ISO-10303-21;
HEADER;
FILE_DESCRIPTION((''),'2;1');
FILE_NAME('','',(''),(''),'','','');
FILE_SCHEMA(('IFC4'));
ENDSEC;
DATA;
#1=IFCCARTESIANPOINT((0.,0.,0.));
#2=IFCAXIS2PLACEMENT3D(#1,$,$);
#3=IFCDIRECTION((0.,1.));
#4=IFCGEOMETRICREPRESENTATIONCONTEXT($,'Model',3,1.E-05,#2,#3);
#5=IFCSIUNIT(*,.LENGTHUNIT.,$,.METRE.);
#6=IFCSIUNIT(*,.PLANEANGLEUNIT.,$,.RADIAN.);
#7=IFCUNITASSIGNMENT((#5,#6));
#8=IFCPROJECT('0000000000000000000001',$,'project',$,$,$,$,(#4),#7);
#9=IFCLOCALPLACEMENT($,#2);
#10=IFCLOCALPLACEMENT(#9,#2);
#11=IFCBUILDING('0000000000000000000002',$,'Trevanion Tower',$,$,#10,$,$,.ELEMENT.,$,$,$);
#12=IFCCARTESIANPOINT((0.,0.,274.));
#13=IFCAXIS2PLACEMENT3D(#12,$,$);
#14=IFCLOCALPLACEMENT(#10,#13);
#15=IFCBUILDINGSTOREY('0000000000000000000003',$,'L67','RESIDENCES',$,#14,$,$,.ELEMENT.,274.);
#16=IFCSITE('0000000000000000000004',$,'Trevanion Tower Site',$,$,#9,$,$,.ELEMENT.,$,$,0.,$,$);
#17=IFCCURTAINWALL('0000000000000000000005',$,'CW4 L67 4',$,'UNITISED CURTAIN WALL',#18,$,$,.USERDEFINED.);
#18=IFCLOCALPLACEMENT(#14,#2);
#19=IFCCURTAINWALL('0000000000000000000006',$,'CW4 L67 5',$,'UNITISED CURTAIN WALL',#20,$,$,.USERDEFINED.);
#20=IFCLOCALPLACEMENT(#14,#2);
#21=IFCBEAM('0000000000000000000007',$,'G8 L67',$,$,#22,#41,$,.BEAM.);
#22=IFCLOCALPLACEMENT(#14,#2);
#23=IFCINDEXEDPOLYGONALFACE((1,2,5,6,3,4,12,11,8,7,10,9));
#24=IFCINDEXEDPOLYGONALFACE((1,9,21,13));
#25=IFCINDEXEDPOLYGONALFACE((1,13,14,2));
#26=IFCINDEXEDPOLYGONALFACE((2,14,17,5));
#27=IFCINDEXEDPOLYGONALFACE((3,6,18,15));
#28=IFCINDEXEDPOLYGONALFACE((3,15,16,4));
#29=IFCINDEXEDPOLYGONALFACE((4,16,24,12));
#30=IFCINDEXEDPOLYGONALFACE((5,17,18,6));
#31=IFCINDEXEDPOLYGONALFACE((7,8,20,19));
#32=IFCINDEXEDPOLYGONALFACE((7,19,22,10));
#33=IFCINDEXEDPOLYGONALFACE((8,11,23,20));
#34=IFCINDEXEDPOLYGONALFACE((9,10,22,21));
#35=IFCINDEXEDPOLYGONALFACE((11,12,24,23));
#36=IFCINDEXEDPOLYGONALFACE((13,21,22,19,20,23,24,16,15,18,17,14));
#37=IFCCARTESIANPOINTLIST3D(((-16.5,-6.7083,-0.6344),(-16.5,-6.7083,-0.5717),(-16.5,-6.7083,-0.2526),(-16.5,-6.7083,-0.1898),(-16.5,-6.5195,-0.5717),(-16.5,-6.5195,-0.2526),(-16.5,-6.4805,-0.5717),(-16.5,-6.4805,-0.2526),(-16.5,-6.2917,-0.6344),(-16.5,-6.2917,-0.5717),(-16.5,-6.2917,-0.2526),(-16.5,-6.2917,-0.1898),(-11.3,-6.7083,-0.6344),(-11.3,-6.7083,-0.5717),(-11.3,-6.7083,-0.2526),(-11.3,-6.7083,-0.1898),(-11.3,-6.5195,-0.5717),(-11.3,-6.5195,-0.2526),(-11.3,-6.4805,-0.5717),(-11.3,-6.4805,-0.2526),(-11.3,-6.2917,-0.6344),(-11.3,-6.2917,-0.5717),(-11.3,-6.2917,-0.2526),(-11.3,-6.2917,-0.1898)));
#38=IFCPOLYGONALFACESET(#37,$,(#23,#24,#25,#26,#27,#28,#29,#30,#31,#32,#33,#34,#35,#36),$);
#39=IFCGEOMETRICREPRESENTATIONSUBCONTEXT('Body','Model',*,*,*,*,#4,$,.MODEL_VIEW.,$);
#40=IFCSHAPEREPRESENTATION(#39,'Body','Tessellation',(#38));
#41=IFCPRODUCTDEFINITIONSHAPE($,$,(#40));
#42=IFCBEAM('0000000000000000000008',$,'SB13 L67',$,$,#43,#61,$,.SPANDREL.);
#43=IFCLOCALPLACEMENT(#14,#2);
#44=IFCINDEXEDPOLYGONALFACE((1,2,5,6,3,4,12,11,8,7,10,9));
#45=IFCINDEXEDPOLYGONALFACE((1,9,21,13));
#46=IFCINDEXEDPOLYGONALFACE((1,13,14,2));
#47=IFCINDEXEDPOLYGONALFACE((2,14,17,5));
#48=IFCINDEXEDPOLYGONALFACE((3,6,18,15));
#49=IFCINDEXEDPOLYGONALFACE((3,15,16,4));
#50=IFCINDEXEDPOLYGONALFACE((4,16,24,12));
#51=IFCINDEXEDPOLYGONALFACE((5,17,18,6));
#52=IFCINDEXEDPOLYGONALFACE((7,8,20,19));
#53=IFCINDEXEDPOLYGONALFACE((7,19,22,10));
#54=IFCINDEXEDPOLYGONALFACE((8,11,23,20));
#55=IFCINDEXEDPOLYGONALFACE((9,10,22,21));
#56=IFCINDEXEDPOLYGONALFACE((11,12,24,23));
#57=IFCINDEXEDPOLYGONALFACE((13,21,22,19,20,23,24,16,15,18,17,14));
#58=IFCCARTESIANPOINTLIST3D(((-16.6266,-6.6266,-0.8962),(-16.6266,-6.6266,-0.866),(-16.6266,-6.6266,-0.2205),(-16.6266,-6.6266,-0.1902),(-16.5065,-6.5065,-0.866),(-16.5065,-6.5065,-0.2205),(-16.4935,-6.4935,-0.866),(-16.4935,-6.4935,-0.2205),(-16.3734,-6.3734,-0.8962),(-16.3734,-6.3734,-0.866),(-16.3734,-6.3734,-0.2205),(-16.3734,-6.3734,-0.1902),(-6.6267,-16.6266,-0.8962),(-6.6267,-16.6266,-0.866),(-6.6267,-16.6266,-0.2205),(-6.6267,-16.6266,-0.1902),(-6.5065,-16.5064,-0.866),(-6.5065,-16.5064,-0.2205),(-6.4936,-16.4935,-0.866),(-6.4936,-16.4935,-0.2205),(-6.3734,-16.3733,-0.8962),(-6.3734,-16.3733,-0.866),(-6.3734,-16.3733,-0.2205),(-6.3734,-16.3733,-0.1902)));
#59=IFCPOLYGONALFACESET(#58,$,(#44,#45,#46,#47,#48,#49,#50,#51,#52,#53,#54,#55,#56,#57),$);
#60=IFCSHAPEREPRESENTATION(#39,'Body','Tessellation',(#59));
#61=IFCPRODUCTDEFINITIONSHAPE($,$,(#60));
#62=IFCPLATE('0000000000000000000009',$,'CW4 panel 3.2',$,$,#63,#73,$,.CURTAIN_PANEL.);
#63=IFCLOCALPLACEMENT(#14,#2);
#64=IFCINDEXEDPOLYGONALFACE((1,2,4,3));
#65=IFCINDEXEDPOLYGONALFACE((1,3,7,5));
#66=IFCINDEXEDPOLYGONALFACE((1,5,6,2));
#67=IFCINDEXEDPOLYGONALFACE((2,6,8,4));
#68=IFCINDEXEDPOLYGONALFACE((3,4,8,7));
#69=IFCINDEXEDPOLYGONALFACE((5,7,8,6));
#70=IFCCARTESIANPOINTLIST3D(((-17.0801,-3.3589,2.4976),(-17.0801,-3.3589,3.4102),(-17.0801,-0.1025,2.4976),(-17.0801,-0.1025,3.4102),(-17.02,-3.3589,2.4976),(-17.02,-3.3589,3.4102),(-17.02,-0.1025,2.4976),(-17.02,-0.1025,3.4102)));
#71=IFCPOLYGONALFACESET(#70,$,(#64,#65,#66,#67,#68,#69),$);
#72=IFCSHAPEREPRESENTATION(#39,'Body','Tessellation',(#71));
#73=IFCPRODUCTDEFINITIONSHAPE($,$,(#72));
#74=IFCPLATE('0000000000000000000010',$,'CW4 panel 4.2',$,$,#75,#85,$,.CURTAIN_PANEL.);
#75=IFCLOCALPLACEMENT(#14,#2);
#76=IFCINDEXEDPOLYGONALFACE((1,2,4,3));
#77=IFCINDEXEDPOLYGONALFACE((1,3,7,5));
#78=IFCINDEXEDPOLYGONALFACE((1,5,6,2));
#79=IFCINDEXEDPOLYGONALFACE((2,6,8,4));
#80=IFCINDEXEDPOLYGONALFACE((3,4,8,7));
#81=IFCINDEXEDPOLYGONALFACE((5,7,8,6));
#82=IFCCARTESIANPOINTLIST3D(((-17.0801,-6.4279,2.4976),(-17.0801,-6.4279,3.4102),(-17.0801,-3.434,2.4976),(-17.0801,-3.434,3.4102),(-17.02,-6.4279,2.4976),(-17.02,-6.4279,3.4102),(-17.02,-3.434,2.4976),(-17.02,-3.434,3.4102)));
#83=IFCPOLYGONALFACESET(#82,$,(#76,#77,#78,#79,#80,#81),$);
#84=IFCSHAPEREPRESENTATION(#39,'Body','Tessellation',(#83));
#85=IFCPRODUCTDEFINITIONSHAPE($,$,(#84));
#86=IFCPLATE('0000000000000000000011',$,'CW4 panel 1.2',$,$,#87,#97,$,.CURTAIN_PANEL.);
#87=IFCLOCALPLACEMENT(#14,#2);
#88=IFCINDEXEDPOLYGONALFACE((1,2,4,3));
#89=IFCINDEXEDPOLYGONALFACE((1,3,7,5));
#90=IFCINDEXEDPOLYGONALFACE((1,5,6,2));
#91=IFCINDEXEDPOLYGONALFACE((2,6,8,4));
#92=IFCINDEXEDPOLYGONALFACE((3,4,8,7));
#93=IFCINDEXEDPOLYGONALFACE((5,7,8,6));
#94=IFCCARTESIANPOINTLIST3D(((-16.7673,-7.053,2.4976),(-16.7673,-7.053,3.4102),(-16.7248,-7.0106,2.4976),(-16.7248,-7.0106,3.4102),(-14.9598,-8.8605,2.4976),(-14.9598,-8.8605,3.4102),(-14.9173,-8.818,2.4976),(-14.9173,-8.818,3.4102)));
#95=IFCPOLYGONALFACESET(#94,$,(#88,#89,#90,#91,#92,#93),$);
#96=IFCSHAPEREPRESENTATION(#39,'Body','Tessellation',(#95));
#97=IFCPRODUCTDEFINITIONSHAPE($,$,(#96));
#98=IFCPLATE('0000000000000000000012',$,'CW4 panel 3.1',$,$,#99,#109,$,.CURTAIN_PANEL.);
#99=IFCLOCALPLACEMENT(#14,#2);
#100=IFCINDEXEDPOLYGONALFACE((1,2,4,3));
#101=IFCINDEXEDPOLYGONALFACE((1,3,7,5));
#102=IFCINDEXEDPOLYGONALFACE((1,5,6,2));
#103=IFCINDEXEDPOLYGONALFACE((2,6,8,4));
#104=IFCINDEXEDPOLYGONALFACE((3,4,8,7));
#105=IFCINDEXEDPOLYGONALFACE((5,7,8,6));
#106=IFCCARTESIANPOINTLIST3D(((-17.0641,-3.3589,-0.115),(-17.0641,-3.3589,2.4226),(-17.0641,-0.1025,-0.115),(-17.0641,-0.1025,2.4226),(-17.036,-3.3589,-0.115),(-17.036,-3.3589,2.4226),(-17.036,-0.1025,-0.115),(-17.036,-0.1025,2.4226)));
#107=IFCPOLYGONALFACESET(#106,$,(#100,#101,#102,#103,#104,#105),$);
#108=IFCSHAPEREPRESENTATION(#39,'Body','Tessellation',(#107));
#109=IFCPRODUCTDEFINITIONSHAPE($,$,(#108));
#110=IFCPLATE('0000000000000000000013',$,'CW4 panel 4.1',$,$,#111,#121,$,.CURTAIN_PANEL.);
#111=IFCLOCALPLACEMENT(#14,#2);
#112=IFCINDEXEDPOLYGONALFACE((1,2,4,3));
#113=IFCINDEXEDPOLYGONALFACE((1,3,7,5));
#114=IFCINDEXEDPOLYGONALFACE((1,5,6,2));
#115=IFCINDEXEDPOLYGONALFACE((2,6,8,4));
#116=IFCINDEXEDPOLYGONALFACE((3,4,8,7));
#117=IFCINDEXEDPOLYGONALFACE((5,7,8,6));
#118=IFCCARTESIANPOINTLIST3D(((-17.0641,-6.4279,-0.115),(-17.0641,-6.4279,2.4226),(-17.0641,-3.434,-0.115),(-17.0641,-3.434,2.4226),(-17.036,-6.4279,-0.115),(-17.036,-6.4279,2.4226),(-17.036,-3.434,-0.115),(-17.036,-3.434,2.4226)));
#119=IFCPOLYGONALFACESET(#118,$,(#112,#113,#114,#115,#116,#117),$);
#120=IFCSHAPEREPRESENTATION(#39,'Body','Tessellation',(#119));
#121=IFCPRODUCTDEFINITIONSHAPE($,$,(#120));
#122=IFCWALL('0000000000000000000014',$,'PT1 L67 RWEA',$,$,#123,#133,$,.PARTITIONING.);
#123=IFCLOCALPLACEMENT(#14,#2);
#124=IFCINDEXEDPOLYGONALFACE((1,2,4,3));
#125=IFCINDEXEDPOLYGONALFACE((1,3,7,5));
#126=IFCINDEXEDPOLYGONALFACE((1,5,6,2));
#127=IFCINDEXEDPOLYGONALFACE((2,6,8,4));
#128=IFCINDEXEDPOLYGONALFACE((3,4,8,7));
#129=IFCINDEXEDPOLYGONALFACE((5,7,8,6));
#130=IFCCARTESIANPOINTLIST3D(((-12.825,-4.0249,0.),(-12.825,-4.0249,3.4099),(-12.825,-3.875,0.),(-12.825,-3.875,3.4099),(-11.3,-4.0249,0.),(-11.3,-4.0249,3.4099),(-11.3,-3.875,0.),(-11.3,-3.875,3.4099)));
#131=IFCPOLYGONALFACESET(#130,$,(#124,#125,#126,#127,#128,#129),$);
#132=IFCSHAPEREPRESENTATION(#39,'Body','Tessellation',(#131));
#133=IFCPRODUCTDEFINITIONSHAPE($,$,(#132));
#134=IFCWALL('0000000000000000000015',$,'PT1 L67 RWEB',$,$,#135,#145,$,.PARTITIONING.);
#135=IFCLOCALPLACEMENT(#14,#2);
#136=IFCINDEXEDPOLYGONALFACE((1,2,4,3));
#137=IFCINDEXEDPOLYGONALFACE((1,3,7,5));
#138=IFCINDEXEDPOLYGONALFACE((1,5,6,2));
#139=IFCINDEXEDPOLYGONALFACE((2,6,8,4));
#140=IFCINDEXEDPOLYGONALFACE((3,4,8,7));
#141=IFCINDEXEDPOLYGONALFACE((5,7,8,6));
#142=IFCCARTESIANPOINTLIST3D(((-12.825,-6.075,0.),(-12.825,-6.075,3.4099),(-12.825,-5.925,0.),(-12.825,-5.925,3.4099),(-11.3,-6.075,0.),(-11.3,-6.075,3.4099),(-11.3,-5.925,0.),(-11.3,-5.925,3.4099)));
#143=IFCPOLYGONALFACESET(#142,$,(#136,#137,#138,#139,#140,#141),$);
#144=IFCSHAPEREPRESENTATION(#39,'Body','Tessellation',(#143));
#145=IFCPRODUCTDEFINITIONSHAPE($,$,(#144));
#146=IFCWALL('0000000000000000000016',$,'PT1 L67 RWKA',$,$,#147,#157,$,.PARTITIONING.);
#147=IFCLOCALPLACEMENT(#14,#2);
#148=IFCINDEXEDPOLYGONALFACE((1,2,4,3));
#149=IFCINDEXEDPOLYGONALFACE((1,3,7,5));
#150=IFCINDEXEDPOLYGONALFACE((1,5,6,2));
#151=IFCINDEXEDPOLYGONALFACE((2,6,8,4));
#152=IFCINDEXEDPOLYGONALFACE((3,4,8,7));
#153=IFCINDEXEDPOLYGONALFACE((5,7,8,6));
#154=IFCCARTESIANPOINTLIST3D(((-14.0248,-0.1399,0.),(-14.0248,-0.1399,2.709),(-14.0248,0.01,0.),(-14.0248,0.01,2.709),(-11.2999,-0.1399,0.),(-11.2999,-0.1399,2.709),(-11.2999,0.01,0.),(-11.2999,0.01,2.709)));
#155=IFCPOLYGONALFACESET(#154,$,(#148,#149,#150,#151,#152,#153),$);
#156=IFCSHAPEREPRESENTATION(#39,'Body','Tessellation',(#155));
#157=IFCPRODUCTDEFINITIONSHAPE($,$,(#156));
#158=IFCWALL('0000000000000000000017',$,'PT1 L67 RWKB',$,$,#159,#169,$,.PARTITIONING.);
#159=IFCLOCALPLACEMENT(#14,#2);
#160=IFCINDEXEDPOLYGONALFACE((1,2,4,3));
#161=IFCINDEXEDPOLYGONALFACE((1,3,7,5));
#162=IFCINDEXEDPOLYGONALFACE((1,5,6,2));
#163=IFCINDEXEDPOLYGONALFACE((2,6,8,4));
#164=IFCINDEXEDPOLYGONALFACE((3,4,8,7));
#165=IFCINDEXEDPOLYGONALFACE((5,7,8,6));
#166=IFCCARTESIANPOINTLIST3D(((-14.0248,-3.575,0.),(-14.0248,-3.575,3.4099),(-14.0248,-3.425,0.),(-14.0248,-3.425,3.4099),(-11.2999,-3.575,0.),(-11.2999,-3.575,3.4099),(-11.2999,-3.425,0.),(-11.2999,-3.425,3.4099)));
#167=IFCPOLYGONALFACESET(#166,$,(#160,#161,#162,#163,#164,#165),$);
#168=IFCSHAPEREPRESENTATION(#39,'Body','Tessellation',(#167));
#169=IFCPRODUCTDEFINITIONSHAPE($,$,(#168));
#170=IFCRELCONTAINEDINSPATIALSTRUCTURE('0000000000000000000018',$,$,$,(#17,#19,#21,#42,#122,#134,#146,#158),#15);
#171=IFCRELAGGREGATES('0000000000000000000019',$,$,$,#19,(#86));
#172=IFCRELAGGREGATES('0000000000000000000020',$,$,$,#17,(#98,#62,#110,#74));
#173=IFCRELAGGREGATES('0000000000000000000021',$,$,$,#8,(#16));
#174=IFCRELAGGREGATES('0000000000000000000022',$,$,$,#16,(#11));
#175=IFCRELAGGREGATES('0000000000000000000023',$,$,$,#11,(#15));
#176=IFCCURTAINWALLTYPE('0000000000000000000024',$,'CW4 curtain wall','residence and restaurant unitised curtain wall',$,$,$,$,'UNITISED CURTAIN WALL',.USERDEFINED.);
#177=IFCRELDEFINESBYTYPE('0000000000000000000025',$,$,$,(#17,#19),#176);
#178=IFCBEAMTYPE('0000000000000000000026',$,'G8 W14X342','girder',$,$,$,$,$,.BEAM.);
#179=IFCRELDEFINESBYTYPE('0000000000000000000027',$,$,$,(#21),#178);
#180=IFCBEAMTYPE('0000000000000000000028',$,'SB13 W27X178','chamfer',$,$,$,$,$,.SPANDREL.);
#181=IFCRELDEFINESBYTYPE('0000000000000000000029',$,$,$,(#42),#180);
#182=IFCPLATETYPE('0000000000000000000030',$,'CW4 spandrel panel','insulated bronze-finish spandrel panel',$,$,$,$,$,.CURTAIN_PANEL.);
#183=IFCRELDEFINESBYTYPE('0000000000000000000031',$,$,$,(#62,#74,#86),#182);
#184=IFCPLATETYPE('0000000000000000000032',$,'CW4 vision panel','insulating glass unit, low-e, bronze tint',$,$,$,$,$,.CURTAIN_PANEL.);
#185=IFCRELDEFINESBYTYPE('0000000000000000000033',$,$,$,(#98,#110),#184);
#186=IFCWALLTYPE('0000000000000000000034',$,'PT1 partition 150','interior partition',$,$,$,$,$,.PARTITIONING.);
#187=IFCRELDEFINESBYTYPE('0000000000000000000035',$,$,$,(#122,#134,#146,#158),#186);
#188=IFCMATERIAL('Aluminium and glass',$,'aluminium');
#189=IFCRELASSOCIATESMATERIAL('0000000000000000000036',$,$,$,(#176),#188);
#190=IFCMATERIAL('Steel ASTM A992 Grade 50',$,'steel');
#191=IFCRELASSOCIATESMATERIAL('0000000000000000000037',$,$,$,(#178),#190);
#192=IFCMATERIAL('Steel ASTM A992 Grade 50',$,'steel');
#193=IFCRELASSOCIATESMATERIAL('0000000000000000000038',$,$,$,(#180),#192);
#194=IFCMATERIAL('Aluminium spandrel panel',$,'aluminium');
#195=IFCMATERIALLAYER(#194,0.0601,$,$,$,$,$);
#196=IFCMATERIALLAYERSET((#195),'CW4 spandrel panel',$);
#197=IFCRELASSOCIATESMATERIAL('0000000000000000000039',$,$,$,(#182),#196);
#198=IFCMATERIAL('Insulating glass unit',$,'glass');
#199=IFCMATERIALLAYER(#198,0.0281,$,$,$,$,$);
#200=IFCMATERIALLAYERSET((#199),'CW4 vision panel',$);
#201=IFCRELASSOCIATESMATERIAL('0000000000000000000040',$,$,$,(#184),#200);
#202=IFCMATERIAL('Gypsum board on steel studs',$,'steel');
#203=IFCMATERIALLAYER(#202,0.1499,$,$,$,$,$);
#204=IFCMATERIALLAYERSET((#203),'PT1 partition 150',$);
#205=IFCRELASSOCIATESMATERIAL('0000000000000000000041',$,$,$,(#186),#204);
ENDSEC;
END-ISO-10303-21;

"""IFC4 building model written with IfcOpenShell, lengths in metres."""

from ifc_helpers import new_model, si_unit, direction, frame, frame_2d, origin, origin_2d, place, context, subcontext, project, spatial, rectangle, i_section, extrude, material, layer, layer_set, material_profile, profile_set, type_object, element, aggregate, save


model = new_model("IFC4")

# Units and contexts
model_context = context("Model", 3, precision=1e-05, world=origin(), true_north=direction((0.0, 1.0)))
body_context = subcontext(model_context, "Body", "Model", "MODEL_VIEW")
ifc_project = project(units=[si_unit("LENGTHUNIT", "METRE"), si_unit("PLANEANGLEUNIT", "RADIAN")], contexts=[model_context])

# Site, building, storey
site_placement = place(None, origin())
site = spatial("IfcSite", under=ifc_project, at=site_placement, Name="Trevanion Tower Site", CompositionType="ELEMENT", RefElevation=0.0)
building_placement = place(site_placement, origin())
building = spatial("IfcBuilding", under=site, at=building_placement, Name="Trevanion Tower", CompositionType="ELEMENT")
storey_placement = place(building_placement, frame((0.0, 0.0, 274.0)))
storey = spatial("IfcBuildingStorey", under=building, at=storey_placement, Name="L67", Description="RESIDENCES", CompositionType="ELEMENT", Elevation=274.0)

# Curtain wall
ifc_material_1 = material(Name="Aluminium and glass", Category="aluminium")
curtain_wall_type = type_object("IfcCurtainWallType", Name="CW4 curtain wall", Description="residence and restaurant unitised curtain wall", ElementType="UNITISED CURTAIN WALL", PredefinedType="USERDEFINED", material=ifc_material_1)
curtain_wall_1_placement = place(storey_placement, origin())
curtain_wall_1 = element("IfcCurtainWall", 1, at=curtain_wall_1_placement, inside=storey, type_object=curtain_wall_type, Name="CW4 L67 4", ObjectType="UNITISED CURTAIN WALL", PredefinedType="USERDEFINED")

# Curtain wall
curtain_wall_2_placement = place(storey_placement, origin())
curtain_wall_2 = element("IfcCurtainWall", 2, at=curtain_wall_2_placement, inside=storey, type_object=curtain_wall_type, Name="CW4 L67 5", ObjectType="UNITISED CURTAIN WALL", PredefinedType="USERDEFINED")

# Beams
ifc_material_2 = material(Name="Steel ASTM A992 Grade 50", Category="steel")
ifc_material_profile_1 = material_profile(ifc_material_2, i_section(OverallWidth=0.4165, OverallDepth=0.4446, WebThickness=0.0391, FlangeThickness=0.0627, at=origin_2d()), Name="W14X342")
ifc_profile_set_1 = profile_set([ifc_material_profile_1], Name="Steel ASTM A992 Grade 50")
beam_type_1 = type_object("IfcBeamType", Name="G8 W14X342", Description="girder", PredefinedType="BEAM", material=ifc_profile_set_1)
beam_1_placement = place(storey_placement, frame((-11.3, -6.5, -0.4121), z_axis=(-1.0, 0.0, 0.0), x_axis=(0.0, -1.0, 0.0)))
element("IfcBeam", 3, at=beam_1_placement, inside=storey, type_object=beam_type_1, Name="G8 L67", PredefinedType="BEAM", context=body_context, shape_type="SweptSolid", body=[
    extrude(i_section(OverallWidth=0.4165, OverallDepth=0.4446, WebThickness=0.0391, FlangeThickness=0.0627, at=origin_2d()), origin(), (0.0, 0.0, 1.0), 5.2),
])
ifc_material_3 = material(Name="Steel ASTM A992 Grade 50", Category="steel")
ifc_material_profile_2 = material_profile(ifc_material_3, i_section(OverallWidth=0.3582, OverallDepth=0.7061, WebThickness=0.0183, FlangeThickness=0.0303, at=origin_2d()), Name="W27X178")
ifc_profile_set_2 = profile_set([ifc_material_profile_2], Name="Steel ASTM A992 Grade 50")
beam_type_2 = type_object("IfcBeamType", Name="SB13 W27X178", Description="chamfer", PredefinedType="SPANDREL", material=ifc_profile_set_2)
beam_2_placement = place(storey_placement, frame((-16.5, -6.5, -0.5432), z_axis=(0.707107, -0.707107, 0.0), x_axis=(0.707107, 0.707107, 0.0)))
element("IfcBeam", 4, at=beam_2_placement, inside=storey, type_object=beam_type_2, Name="SB13 L67", PredefinedType="SPANDREL", context=body_context, shape_type="SweptSolid", body=[
    extrude(i_section(OverallWidth=0.3582, OverallDepth=0.7061, WebThickness=0.0183, FlangeThickness=0.0303, at=origin_2d()), origin(), (0.0, 0.0, 1.0), 14.1421),
])

# Plates
ifc_material_4 = material(Name="Aluminium spandrel panel", Category="aluminium")
ifc_layer_1 = layer(ifc_material_4, 0.0601)
ifc_layer_set_1 = layer_set([ifc_layer_1], Name="CW4 spandrel panel")
plate_type_1 = type_object("IfcPlateType", Name="CW4 spandrel panel", Description="insulated bronze-finish spandrel panel", PredefinedType="CURTAIN_PANEL", material=ifc_layer_set_1)
plate_1_placement = place(storey_placement, frame((-17.05, -1.7307, 2.4976), z_axis=(0.0, 0.0, 1.0), x_axis=(0.0, -1.0, 0.0)))
plate_1 = element("IfcPlate", 5, at=plate_1_placement, type_object=plate_type_1, Name="CW4 panel 3.2", PredefinedType="CURTAIN_PANEL", context=body_context, shape_type="SweptSolid", body=[
    extrude(rectangle(XDim=3.2563, YDim=0.0601, at=origin_2d()), origin(), (0.0, 0.0, 1.0), 0.9126),
])
plate_2_placement = place(storey_placement, frame((-17.05, -4.9309, 2.4976), z_axis=(0.0, 0.0, 1.0), x_axis=(0.0, -1.0, 0.0)))
plate_2 = element("IfcPlate", 6, at=plate_2_placement, type_object=plate_type_1, Name="CW4 panel 4.2", PredefinedType="CURTAIN_PANEL", context=body_context, shape_type="SweptSolid", body=[
    extrude(rectangle(XDim=2.9939, YDim=0.0601, at=origin_2d()), origin(), (0.0, 0.0, 1.0), 0.9126),
])
plate_3_placement = place(storey_placement, frame((-15.8423, -7.9355, 2.4976), z_axis=(0.0, 0.0, 1.0), x_axis=(0.707107, -0.707107, 0.0)))
plate_3 = element("IfcPlate", 7, at=plate_3_placement, type_object=plate_type_1, Name="CW4 panel 1.2", PredefinedType="CURTAIN_PANEL", context=body_context, shape_type="SweptSolid", body=[
    extrude(rectangle(XDim=2.5562, YDim=0.0601, at=origin_2d()), origin(), (0.0, 0.0, 1.0), 0.9126),
])
aggregate(curtain_wall_2, [plate_3])
ifc_material_5 = material(Name="Insulating glass unit", Category="glass")
ifc_layer_2 = layer(ifc_material_5, 0.0281)
ifc_layer_set_2 = layer_set([ifc_layer_2], Name="CW4 vision panel")
plate_type_2 = type_object("IfcPlateType", Name="CW4 vision panel", Description="insulating glass unit, low-e, bronze tint", PredefinedType="CURTAIN_PANEL", material=ifc_layer_set_2)
plate_4_placement = place(storey_placement, frame((-17.05, -1.7307, -0.115), z_axis=(0.0, 0.0, 1.0), x_axis=(0.0, -1.0, 0.0)))
plate_4 = element("IfcPlate", 8, at=plate_4_placement, type_object=plate_type_2, Name="CW4 panel 3.1", PredefinedType="CURTAIN_PANEL", context=body_context, shape_type="SweptSolid", body=[
    extrude(rectangle(XDim=3.2563, YDim=0.0281, at=origin_2d()), origin(), (0.0, 0.0, 1.0), 2.5376),
])
plate_5_placement = place(storey_placement, frame((-17.05, -4.9309, -0.115), z_axis=(0.0, 0.0, 1.0), x_axis=(0.0, -1.0, 0.0)))
plate_5 = element("IfcPlate", 9, at=plate_5_placement, type_object=plate_type_2, Name="CW4 panel 4.1", PredefinedType="CURTAIN_PANEL", context=body_context, shape_type="SweptSolid", body=[
    extrude(rectangle(XDim=2.9939, YDim=0.0281, at=origin_2d()), origin(), (0.0, 0.0, 1.0), 2.5376),
])
aggregate(curtain_wall_1, [plate_4, plate_1, plate_5, plate_2])

# Walls
ifc_material_6 = material(Name="Gypsum board on steel studs", Category="steel")
ifc_layer_3 = layer(ifc_material_6, 0.1499)
ifc_layer_set_3 = layer_set([ifc_layer_3], Name="PT1 partition 150")
wall_type_1 = type_object("IfcWallType", Name="PT1 partition 150", Description="interior partition", PredefinedType="PARTITIONING", material=ifc_layer_set_3)
for number, where, z_axis, x_axis, name in (
    (10, (-11.3, -3.95, 0.0), (0.0, 0.0, 1.0), (-1.0, 0.0, 0.0), "PT1 L67 RWEA"),
    (11, (-11.3, -6.0, 0.0), (0.0, 0.0, 1.0), (-1.0, 0.0, 0.0), "PT1 L67 RWEB"),
):
    element("IfcWall", number, at=place(storey_placement, frame(where, z_axis=z_axis, x_axis=x_axis)), inside=storey, type_object=wall_type_1, Name=name, PredefinedType="PARTITIONING", context=body_context, shape_type="SweptSolid", body=[
        extrude(rectangle(XDim=1.5249, YDim=0.1499, at=frame_2d((0.7625, 0.0))), origin(), (0.0, 0.0, 1.0), 3.4099),
    ])
wall_1_placement = place(storey_placement, frame((-11.3, -0.0649, 0.0), z_axis=(0.0, 0.0, 1.0), x_axis=(-1.0, 0.0, 0.0)))
element("IfcWall", 12, at=wall_1_placement, inside=storey, type_object=wall_type_1, Name="PT1 L67 RWKA", PredefinedType="PARTITIONING", context=body_context, shape_type="SweptSolid", body=[
    extrude(rectangle(XDim=2.7249, YDim=0.1499, at=frame_2d((1.3623, 0.0))), origin(), (0.0, 0.0, 1.0), 2.709),
])
wall_2_placement = place(storey_placement, frame((-11.3, -3.5, 0.0), z_axis=(0.0, 0.0, 1.0), x_axis=(-1.0, 0.0, 0.0)))
element("IfcWall", 13, at=wall_2_placement, inside=storey, type_object=wall_type_1, Name="PT1 L67 RWKB", PredefinedType="PARTITIONING", context=body_context, shape_type="SweptSolid", body=[
    extrude(rectangle(XDim=2.7249, YDim=0.1499, at=frame_2d((1.3623, 0.0))), origin(), (0.0, 0.0, 1.0), 3.4099),
])

save(model, "model.ifc")
